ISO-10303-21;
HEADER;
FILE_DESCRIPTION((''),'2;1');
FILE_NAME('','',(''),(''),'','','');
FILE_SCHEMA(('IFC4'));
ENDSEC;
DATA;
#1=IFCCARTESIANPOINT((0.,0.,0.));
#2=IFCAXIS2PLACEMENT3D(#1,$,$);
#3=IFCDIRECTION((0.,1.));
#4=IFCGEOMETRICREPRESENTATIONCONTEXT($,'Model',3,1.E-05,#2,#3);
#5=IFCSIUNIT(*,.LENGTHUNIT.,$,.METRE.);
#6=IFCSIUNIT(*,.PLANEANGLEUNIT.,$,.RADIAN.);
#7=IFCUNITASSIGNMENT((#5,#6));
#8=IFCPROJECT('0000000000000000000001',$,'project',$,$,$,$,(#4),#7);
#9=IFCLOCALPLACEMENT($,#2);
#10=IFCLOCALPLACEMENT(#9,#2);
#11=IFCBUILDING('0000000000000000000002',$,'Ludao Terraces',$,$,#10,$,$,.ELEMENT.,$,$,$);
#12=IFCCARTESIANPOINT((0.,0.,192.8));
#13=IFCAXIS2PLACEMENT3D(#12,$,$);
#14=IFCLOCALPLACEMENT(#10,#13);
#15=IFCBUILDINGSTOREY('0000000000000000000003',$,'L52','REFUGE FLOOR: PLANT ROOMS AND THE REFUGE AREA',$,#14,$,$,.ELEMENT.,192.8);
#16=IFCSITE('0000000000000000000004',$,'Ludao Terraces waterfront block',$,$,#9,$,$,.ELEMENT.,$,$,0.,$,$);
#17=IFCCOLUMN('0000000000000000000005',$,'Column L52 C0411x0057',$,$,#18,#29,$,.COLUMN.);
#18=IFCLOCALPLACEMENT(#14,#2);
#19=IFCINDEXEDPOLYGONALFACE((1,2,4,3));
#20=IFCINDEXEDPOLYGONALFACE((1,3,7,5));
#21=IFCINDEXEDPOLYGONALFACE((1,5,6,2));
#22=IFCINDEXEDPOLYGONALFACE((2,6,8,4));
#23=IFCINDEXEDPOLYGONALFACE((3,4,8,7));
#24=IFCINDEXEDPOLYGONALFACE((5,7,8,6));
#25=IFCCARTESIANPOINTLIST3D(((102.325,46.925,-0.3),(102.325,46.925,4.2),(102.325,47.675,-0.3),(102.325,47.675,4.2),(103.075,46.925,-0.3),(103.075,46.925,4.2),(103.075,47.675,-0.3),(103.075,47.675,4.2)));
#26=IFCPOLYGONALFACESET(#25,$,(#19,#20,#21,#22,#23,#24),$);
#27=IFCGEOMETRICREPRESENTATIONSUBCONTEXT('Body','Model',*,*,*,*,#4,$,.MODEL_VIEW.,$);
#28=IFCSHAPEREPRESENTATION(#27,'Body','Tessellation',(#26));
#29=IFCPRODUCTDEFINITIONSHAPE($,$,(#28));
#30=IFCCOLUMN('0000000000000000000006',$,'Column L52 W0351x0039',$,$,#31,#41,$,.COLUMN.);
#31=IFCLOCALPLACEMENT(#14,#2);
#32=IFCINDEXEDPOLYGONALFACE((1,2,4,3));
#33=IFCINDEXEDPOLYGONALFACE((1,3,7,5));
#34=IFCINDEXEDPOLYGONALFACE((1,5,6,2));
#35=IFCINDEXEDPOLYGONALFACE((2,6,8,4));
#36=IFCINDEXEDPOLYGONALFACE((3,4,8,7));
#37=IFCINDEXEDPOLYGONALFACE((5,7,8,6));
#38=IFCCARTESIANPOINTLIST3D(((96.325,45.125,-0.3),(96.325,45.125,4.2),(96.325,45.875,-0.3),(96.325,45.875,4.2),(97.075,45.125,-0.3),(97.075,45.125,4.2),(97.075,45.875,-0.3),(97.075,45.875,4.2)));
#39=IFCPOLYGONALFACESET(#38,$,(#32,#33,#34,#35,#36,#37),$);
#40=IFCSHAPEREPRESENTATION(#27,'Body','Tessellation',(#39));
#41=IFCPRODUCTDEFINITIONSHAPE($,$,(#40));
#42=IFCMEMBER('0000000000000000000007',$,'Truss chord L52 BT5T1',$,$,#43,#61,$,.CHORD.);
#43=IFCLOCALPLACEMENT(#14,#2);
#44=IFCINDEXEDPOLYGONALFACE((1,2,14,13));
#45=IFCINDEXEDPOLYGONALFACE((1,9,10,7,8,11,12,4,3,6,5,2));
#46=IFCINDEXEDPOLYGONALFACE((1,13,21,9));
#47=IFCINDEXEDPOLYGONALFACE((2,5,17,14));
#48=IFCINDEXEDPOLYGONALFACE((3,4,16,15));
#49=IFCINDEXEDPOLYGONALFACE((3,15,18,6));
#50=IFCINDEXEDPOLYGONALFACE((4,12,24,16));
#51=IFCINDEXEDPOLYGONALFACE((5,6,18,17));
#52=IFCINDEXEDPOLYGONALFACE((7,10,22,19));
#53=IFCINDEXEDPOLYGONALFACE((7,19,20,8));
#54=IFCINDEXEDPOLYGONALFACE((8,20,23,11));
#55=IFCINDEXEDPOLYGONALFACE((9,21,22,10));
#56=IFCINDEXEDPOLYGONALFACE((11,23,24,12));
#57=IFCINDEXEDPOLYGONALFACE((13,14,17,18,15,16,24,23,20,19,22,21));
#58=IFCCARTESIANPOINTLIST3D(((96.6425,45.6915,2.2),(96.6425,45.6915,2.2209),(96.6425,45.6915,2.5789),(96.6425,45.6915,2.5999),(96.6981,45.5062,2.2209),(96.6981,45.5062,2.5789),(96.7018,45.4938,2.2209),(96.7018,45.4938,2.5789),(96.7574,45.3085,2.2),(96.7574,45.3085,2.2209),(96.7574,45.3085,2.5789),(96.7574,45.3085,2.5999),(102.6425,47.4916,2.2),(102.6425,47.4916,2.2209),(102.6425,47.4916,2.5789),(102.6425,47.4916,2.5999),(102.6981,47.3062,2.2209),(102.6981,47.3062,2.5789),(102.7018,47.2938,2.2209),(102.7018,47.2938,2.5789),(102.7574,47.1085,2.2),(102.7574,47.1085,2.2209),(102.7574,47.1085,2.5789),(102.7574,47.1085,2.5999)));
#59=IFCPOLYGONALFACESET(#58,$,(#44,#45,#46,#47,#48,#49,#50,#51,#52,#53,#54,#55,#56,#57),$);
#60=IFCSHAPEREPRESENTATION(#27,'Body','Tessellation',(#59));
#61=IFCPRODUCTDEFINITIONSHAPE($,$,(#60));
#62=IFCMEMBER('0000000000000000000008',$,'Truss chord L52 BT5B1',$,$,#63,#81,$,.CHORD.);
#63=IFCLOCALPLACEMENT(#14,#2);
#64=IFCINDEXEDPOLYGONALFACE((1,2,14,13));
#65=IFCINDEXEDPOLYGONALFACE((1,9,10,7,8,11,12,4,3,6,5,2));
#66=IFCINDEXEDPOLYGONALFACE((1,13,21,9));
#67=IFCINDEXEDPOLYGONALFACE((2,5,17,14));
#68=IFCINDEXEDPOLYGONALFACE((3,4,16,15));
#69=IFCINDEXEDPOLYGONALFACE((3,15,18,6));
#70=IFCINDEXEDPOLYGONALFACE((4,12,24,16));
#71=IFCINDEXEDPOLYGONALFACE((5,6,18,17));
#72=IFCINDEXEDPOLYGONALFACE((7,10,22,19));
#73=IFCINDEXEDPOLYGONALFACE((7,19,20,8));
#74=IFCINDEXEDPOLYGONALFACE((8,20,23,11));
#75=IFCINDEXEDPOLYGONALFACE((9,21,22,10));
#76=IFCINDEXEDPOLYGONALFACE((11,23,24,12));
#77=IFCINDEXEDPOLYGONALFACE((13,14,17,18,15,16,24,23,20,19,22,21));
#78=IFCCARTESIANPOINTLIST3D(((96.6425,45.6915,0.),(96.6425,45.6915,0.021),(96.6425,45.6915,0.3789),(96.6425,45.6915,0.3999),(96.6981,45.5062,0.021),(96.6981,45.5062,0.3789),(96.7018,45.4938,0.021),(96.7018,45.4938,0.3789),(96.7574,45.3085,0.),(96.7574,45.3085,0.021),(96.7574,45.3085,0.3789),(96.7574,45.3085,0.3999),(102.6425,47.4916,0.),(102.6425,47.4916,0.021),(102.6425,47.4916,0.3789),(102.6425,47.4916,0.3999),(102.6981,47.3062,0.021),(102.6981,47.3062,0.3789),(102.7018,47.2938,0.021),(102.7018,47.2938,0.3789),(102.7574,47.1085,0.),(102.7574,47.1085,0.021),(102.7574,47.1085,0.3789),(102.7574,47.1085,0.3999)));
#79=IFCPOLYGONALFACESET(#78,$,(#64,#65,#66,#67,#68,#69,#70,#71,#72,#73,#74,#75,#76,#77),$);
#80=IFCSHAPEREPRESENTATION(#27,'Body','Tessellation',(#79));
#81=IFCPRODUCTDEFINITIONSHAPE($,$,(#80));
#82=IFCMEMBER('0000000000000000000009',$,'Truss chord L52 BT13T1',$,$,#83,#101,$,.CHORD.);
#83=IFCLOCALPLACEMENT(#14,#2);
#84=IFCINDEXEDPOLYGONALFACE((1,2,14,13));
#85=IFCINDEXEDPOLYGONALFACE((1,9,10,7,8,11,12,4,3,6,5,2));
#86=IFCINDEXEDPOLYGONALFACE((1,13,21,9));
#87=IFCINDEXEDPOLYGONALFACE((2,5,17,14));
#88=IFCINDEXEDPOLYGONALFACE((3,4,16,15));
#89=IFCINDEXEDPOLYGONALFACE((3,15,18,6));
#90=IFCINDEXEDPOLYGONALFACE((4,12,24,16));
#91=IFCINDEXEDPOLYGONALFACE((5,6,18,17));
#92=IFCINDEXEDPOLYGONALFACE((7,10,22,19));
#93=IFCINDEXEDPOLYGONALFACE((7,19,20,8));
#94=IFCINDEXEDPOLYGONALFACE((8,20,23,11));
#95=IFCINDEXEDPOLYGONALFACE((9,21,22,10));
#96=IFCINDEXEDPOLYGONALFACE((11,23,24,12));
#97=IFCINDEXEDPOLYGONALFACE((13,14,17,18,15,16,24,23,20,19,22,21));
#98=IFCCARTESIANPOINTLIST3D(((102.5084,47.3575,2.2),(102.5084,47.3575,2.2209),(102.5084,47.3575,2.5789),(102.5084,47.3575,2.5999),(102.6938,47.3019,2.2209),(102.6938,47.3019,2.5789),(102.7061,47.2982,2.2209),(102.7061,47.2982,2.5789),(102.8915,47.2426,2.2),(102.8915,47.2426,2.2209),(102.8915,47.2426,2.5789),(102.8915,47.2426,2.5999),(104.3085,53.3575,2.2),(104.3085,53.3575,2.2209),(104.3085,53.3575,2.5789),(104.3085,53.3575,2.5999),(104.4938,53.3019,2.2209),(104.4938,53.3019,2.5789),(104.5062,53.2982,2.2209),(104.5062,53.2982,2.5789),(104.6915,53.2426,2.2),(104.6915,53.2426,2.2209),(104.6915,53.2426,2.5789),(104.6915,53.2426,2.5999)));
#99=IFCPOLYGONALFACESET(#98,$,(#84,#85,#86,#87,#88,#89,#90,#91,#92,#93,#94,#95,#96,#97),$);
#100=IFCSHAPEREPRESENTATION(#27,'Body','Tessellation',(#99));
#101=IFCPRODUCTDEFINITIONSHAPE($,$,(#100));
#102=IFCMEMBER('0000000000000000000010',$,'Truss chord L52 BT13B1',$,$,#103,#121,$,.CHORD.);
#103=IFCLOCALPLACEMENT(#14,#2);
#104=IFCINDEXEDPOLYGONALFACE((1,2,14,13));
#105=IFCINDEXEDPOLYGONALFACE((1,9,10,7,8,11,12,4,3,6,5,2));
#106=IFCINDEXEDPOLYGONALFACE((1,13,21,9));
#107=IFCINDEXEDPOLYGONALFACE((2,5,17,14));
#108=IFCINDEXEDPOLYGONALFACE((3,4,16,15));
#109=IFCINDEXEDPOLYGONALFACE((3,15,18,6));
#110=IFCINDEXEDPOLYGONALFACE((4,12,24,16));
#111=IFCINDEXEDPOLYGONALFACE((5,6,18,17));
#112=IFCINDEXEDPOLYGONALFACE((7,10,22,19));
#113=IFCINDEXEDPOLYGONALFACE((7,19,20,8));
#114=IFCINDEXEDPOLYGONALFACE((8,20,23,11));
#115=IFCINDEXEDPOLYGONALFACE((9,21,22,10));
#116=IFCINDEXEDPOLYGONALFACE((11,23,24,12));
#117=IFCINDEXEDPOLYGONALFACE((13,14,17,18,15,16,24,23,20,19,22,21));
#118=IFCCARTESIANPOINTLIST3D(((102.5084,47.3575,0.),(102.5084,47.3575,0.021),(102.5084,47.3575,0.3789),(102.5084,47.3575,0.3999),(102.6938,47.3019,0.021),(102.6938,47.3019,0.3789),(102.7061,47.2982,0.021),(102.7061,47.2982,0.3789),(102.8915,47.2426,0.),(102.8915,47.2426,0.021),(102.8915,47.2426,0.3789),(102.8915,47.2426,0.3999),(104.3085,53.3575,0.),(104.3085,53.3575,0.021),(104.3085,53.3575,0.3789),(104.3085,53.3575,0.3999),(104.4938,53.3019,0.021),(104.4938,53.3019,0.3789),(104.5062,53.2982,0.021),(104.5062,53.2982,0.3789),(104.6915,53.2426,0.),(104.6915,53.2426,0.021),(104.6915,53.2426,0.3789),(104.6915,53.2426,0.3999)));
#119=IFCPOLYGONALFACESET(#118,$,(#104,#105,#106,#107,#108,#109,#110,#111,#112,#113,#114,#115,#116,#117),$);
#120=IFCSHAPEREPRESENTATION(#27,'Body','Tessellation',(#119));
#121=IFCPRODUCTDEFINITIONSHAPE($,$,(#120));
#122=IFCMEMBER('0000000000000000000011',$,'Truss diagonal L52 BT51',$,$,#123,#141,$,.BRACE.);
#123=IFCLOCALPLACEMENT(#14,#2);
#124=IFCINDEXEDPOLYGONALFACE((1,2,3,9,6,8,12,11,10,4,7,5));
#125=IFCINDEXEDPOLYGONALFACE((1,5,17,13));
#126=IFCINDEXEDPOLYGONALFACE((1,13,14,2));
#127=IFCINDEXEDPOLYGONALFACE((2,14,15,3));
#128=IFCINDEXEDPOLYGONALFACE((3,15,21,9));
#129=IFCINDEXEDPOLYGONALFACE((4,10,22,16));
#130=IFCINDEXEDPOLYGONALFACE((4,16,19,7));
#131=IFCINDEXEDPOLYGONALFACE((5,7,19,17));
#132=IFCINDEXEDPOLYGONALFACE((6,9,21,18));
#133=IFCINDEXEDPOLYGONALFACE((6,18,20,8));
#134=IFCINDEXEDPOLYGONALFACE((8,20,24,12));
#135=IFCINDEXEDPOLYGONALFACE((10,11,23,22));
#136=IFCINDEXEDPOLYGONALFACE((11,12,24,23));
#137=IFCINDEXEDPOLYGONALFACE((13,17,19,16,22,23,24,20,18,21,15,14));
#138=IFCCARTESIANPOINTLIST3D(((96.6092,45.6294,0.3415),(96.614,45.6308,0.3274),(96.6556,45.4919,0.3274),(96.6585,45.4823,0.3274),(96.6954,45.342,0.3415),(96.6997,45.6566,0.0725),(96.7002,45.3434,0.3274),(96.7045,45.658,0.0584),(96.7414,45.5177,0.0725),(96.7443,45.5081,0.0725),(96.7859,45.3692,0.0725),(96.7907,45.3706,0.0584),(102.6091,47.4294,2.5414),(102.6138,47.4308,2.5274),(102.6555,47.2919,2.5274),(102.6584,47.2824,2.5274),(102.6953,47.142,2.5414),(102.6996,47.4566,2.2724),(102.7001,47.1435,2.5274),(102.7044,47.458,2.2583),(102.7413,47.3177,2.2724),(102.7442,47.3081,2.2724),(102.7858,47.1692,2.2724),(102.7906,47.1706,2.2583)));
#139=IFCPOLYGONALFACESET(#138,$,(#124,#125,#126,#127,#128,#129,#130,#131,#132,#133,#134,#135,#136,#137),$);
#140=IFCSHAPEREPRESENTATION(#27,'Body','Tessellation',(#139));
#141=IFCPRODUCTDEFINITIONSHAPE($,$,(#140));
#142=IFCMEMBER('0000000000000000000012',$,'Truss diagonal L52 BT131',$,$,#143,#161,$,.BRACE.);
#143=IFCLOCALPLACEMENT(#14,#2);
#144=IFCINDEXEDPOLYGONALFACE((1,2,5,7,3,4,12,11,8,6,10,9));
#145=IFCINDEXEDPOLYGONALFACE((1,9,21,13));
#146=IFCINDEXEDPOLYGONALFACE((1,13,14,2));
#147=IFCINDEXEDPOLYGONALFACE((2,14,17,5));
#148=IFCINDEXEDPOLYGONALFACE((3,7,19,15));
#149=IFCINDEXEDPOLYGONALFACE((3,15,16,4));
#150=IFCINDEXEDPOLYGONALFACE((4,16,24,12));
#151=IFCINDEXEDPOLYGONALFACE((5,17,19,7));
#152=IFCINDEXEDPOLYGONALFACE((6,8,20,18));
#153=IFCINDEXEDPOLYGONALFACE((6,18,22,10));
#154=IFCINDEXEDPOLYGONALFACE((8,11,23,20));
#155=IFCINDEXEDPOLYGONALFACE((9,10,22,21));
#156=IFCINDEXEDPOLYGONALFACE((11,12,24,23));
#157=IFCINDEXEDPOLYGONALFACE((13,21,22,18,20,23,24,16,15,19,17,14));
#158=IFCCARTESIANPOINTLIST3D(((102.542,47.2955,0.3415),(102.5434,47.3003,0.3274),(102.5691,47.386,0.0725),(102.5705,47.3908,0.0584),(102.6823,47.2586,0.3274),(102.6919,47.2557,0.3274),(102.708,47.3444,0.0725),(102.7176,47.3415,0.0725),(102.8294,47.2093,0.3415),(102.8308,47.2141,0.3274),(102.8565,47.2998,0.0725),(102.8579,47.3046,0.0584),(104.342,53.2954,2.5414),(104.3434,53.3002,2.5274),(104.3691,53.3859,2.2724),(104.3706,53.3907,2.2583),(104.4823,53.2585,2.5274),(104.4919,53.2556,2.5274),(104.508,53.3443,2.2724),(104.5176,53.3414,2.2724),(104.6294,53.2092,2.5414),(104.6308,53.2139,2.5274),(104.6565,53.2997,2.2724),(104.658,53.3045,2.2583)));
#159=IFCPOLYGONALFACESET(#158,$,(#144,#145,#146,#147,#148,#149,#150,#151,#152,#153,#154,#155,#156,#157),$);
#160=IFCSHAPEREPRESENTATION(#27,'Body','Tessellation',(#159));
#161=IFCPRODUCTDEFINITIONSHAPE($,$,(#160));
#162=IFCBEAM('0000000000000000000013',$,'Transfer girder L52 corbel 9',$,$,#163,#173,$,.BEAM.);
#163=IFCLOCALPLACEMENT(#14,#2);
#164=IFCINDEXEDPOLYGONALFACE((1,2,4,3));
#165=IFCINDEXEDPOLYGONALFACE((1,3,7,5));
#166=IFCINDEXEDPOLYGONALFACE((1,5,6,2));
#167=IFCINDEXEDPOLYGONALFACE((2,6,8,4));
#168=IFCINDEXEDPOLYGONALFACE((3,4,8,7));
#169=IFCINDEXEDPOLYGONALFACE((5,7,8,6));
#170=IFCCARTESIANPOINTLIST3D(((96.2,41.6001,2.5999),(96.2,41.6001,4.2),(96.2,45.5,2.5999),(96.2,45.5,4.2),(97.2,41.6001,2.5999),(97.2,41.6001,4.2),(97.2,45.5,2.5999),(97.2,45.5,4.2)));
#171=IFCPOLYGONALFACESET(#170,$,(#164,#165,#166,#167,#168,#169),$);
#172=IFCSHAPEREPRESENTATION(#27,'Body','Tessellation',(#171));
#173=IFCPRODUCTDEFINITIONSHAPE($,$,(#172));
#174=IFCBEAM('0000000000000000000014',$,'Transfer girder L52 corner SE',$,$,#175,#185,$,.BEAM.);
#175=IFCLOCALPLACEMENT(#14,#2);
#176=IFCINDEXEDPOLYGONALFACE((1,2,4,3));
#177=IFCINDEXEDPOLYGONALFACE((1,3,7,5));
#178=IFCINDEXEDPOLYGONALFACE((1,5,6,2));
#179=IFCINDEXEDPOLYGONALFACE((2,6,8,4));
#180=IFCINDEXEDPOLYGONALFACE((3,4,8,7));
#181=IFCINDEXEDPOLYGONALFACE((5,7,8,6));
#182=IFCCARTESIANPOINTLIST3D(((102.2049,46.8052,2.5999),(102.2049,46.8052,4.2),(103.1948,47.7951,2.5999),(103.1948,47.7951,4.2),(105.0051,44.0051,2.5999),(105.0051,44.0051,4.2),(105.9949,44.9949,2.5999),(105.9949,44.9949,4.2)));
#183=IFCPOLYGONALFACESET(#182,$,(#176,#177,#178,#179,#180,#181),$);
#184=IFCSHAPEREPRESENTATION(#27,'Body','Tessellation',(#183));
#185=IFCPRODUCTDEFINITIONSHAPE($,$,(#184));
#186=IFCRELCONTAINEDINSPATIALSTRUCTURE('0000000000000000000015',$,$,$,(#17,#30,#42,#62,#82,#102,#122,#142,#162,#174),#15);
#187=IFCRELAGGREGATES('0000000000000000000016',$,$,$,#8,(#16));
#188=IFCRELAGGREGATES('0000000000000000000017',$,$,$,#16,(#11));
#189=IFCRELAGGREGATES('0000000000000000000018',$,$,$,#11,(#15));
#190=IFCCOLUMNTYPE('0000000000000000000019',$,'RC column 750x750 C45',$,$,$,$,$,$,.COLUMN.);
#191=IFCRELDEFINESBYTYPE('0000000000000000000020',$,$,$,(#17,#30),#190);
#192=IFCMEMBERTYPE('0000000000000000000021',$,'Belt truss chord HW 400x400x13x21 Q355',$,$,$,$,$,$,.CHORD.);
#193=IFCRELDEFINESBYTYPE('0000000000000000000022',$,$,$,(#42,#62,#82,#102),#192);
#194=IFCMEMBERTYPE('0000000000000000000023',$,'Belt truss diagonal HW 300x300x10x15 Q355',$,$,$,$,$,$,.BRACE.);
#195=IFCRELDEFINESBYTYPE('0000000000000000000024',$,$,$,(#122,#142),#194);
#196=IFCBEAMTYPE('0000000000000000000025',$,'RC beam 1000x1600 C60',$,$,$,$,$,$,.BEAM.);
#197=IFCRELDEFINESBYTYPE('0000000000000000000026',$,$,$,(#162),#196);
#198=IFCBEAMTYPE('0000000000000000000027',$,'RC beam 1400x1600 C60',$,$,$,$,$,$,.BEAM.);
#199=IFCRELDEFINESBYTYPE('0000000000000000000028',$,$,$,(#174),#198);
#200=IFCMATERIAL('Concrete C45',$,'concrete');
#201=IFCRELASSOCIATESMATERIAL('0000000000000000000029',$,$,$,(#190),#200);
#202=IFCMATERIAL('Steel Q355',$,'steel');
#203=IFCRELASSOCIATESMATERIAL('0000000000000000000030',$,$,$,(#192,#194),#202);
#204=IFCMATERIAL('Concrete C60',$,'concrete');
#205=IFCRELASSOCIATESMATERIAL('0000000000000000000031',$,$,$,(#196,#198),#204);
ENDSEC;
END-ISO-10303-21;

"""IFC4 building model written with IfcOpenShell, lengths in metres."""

from ifc_helpers import new_model, si_unit, direction, frame, origin, origin_2d, place, context, subcontext, project, spatial, rectangle, i_section, extrude, material, material_profile, profile_set, type_object, element, save


model = new_model("IFC4")

# Units and contexts
model_context = context("Model", 3, precision=1e-05, world=origin(), true_north=direction((0.0, 1.0)))
body_context = subcontext(model_context, "Body", "Model", "MODEL_VIEW")
ifc_project = project(units=[si_unit("LENGTHUNIT", "METRE"), si_unit("PLANEANGLEUNIT", "RADIAN")], contexts=[model_context])

# Site, building, storey
site_placement = place(None, origin())
site = spatial("IfcSite", under=ifc_project, at=site_placement, Name="Ludao Terraces waterfront block", CompositionType="ELEMENT", RefElevation=0.0)
building_placement = place(site_placement, origin())
building = spatial("IfcBuilding", under=site, at=building_placement, Name="Ludao Terraces", CompositionType="ELEMENT")
storey_placement = place(building_placement, frame((0.0, 0.0, 192.8)))
storey = spatial("IfcBuildingStorey", under=building, at=storey_placement, Name="L52", Description="REFUGE FLOOR: PLANT ROOMS AND THE REFUGE AREA", CompositionType="ELEMENT", Elevation=192.8)

# Columns
ifc_material_1 = material(Name="Concrete C45", Category="concrete")
ifc_material_profile_1 = material_profile(ifc_material_1, rectangle(XDim=0.75, YDim=0.75, at=origin_2d()), Name="750 X 750")
ifc_profile_set_1 = profile_set([ifc_material_profile_1], Name="Concrete C45")
column_type = type_object("IfcColumnType", Name="RC column 750x750 C45", PredefinedType="COLUMN", material=ifc_profile_set_1)
for number, where, z_axis, x_axis, name in (
    (1, (102.7, 47.3, -0.3), (0.0, 0.0, 1.0), (1.0, 0.0, 0.0), "Column L52 C0411x0057"),
    (2, (96.7, 45.5, -0.3), (0.0, 0.0, 1.0), (1.0, 0.0, 0.0), "Column L52 W0351x0039"),
):
    element("IfcColumn", number, at=place(storey_placement, frame(where, z_axis=z_axis, x_axis=x_axis)), inside=storey, type_object=column_type, Name=name, PredefinedType="COLUMN", context=body_context, shape_type="SweptSolid", body=[
        extrude(rectangle(XDim=0.75, YDim=0.75, at=origin_2d()), origin(), (0.0, 0.0, 1.0), 4.5),
    ])

# Members
ifc_material_2 = material(Name="Steel Q355", Category="steel")
ifc_material_profile_2 = material_profile(ifc_material_2, i_section(OverallWidth=0.3999, OverallDepth=0.3999, WebThickness=0.0129, FlangeThickness=0.021, at=origin_2d()), Name="HW 400X400X13X21")
ifc_profile_set_2 = profile_set([ifc_material_profile_2], Name="Steel Q355")
member_type_1 = type_object("IfcMemberType", Name="Belt truss chord HW 400x400x13x21 Q355", PredefinedType="CHORD", material=ifc_profile_set_2)
for number, where, z_axis, x_axis, name in (
    (3, (96.7, 45.5, 2.3999), (0.957824, 0.287355, 0.0), (-0.287355, 0.957824, 0.0), "Truss chord L52 BT5T1"),
    (4, (96.7, 45.5, 0.2), (0.957824, 0.287355, 0.0), (-0.287355, 0.957824, 0.0), "Truss chord L52 BT5B1"),
    (5, (102.7, 47.3, 2.3999), (0.287355, 0.957824, 0.0), (-0.957824, 0.287355, 0.0), "Truss chord L52 BT13T1"),
    (6, (102.7, 47.3, 0.2), (0.287355, 0.957824, 0.0), (-0.957824, 0.287355, 0.0), "Truss chord L52 BT13B1"),
):
    element("IfcMember", number, at=place(storey_placement, frame(where, z_axis=z_axis, x_axis=x_axis)), inside=storey, type_object=member_type_1, Name=name, PredefinedType="CHORD", context=body_context, shape_type="SweptSolid", body=[
        extrude(i_section(OverallWidth=0.3999, OverallDepth=0.3999, WebThickness=0.0129, FlangeThickness=0.021, at=origin_2d()), origin(), (0.0, 0.0, 1.0), 6.2642),
    ])
ifc_material_profile_3 = material_profile(ifc_material_2, i_section(OverallWidth=0.3, OverallDepth=0.3, WebThickness=0.01, FlangeThickness=0.0149, at=origin_2d()), Name="HW 300X300X10X15")
ifc_profile_set_3 = profile_set([ifc_material_profile_3], Name="Steel Q355")
member_type_2 = type_object("IfcMemberType", Name="Belt truss diagonal HW 300x300x10x15 Q355", PredefinedType="BRACE", material=ifc_profile_set_3)
for number, where, z_axis, x_axis, name in (
    (7, (96.7, 45.5, 0.2), (0.903713, 0.271121, 0.331354), (-0.287355, 0.957824, 0.0), "Truss diagonal L52 BT51"),
    (8, (102.7, 47.3, 0.2), (0.271121, 0.903713, 0.331354), (-0.957824, 0.287355, 0.0), "Truss diagonal L52 BT131"),
):
    element("IfcMember", number, at=place(storey_placement, frame(where, z_axis=z_axis, x_axis=x_axis)), inside=storey, type_object=member_type_2, Name=name, PredefinedType="BRACE", context=body_context, shape_type="SweptSolid", body=[
        extrude(i_section(OverallWidth=0.3, OverallDepth=0.3, WebThickness=0.01, FlangeThickness=0.0149, at=origin_2d()), origin(), (0.0, 0.0, 1.0), 6.6392),
    ])

# Beams
ifc_material_3 = material(Name="Concrete C60", Category="concrete")
ifc_material_profile_4 = material_profile(ifc_material_3, rectangle(XDim=1.0, YDim=1.6001, at=origin_2d()), Name="1000 X 1600")
ifc_profile_set_4 = profile_set([ifc_material_profile_4], Name="Concrete C60")
beam_type_1 = type_object("IfcBeamType", Name="RC beam 1000x1600 C60", PredefinedType="BEAM", material=ifc_profile_set_4)
beam_1_placement = place(storey_placement, frame((96.7, 41.6001, 3.3999), z_axis=(0.0, 1.0, 0.0), x_axis=(-1.0, 0.0, 0.0)))
element("IfcBeam", 9, at=beam_1_placement, inside=storey, type_object=beam_type_1, Name="Transfer girder L52 corbel 9", PredefinedType="BEAM", context=body_context, shape_type="SweptSolid", body=[
    extrude(rectangle(XDim=1.0, YDim=1.6001, at=origin_2d()), origin(), (0.0, 0.0, 1.0), 3.8999),
])
ifc_material_profile_5 = material_profile(ifc_material_3, rectangle(XDim=1.3999, YDim=1.6001, at=origin_2d()), Name="1400 X 1600")
ifc_profile_set_5 = profile_set([ifc_material_profile_5], Name="Concrete C60")
beam_type_2 = type_object("IfcBeamType", Name="RC beam 1400x1600 C60", PredefinedType="BEAM", material=ifc_profile_set_5)
beam_2_placement = place(storey_placement, frame((105.5, 44.5, 3.3999), z_axis=(-0.707107, 0.707107, 0.0), x_axis=(-0.707107, -0.707107, 0.0)))
element("IfcBeam", 10, at=beam_2_placement, inside=storey, type_object=beam_type_2, Name="Transfer girder L52 corner SE", PredefinedType="BEAM", context=body_context, shape_type="SweptSolid", body=[
    extrude(rectangle(XDim=1.3999, YDim=1.6001, at=origin_2d()), origin(), (0.0, 0.0, 1.0), 3.96),
])

save(model, "model.ifc")
